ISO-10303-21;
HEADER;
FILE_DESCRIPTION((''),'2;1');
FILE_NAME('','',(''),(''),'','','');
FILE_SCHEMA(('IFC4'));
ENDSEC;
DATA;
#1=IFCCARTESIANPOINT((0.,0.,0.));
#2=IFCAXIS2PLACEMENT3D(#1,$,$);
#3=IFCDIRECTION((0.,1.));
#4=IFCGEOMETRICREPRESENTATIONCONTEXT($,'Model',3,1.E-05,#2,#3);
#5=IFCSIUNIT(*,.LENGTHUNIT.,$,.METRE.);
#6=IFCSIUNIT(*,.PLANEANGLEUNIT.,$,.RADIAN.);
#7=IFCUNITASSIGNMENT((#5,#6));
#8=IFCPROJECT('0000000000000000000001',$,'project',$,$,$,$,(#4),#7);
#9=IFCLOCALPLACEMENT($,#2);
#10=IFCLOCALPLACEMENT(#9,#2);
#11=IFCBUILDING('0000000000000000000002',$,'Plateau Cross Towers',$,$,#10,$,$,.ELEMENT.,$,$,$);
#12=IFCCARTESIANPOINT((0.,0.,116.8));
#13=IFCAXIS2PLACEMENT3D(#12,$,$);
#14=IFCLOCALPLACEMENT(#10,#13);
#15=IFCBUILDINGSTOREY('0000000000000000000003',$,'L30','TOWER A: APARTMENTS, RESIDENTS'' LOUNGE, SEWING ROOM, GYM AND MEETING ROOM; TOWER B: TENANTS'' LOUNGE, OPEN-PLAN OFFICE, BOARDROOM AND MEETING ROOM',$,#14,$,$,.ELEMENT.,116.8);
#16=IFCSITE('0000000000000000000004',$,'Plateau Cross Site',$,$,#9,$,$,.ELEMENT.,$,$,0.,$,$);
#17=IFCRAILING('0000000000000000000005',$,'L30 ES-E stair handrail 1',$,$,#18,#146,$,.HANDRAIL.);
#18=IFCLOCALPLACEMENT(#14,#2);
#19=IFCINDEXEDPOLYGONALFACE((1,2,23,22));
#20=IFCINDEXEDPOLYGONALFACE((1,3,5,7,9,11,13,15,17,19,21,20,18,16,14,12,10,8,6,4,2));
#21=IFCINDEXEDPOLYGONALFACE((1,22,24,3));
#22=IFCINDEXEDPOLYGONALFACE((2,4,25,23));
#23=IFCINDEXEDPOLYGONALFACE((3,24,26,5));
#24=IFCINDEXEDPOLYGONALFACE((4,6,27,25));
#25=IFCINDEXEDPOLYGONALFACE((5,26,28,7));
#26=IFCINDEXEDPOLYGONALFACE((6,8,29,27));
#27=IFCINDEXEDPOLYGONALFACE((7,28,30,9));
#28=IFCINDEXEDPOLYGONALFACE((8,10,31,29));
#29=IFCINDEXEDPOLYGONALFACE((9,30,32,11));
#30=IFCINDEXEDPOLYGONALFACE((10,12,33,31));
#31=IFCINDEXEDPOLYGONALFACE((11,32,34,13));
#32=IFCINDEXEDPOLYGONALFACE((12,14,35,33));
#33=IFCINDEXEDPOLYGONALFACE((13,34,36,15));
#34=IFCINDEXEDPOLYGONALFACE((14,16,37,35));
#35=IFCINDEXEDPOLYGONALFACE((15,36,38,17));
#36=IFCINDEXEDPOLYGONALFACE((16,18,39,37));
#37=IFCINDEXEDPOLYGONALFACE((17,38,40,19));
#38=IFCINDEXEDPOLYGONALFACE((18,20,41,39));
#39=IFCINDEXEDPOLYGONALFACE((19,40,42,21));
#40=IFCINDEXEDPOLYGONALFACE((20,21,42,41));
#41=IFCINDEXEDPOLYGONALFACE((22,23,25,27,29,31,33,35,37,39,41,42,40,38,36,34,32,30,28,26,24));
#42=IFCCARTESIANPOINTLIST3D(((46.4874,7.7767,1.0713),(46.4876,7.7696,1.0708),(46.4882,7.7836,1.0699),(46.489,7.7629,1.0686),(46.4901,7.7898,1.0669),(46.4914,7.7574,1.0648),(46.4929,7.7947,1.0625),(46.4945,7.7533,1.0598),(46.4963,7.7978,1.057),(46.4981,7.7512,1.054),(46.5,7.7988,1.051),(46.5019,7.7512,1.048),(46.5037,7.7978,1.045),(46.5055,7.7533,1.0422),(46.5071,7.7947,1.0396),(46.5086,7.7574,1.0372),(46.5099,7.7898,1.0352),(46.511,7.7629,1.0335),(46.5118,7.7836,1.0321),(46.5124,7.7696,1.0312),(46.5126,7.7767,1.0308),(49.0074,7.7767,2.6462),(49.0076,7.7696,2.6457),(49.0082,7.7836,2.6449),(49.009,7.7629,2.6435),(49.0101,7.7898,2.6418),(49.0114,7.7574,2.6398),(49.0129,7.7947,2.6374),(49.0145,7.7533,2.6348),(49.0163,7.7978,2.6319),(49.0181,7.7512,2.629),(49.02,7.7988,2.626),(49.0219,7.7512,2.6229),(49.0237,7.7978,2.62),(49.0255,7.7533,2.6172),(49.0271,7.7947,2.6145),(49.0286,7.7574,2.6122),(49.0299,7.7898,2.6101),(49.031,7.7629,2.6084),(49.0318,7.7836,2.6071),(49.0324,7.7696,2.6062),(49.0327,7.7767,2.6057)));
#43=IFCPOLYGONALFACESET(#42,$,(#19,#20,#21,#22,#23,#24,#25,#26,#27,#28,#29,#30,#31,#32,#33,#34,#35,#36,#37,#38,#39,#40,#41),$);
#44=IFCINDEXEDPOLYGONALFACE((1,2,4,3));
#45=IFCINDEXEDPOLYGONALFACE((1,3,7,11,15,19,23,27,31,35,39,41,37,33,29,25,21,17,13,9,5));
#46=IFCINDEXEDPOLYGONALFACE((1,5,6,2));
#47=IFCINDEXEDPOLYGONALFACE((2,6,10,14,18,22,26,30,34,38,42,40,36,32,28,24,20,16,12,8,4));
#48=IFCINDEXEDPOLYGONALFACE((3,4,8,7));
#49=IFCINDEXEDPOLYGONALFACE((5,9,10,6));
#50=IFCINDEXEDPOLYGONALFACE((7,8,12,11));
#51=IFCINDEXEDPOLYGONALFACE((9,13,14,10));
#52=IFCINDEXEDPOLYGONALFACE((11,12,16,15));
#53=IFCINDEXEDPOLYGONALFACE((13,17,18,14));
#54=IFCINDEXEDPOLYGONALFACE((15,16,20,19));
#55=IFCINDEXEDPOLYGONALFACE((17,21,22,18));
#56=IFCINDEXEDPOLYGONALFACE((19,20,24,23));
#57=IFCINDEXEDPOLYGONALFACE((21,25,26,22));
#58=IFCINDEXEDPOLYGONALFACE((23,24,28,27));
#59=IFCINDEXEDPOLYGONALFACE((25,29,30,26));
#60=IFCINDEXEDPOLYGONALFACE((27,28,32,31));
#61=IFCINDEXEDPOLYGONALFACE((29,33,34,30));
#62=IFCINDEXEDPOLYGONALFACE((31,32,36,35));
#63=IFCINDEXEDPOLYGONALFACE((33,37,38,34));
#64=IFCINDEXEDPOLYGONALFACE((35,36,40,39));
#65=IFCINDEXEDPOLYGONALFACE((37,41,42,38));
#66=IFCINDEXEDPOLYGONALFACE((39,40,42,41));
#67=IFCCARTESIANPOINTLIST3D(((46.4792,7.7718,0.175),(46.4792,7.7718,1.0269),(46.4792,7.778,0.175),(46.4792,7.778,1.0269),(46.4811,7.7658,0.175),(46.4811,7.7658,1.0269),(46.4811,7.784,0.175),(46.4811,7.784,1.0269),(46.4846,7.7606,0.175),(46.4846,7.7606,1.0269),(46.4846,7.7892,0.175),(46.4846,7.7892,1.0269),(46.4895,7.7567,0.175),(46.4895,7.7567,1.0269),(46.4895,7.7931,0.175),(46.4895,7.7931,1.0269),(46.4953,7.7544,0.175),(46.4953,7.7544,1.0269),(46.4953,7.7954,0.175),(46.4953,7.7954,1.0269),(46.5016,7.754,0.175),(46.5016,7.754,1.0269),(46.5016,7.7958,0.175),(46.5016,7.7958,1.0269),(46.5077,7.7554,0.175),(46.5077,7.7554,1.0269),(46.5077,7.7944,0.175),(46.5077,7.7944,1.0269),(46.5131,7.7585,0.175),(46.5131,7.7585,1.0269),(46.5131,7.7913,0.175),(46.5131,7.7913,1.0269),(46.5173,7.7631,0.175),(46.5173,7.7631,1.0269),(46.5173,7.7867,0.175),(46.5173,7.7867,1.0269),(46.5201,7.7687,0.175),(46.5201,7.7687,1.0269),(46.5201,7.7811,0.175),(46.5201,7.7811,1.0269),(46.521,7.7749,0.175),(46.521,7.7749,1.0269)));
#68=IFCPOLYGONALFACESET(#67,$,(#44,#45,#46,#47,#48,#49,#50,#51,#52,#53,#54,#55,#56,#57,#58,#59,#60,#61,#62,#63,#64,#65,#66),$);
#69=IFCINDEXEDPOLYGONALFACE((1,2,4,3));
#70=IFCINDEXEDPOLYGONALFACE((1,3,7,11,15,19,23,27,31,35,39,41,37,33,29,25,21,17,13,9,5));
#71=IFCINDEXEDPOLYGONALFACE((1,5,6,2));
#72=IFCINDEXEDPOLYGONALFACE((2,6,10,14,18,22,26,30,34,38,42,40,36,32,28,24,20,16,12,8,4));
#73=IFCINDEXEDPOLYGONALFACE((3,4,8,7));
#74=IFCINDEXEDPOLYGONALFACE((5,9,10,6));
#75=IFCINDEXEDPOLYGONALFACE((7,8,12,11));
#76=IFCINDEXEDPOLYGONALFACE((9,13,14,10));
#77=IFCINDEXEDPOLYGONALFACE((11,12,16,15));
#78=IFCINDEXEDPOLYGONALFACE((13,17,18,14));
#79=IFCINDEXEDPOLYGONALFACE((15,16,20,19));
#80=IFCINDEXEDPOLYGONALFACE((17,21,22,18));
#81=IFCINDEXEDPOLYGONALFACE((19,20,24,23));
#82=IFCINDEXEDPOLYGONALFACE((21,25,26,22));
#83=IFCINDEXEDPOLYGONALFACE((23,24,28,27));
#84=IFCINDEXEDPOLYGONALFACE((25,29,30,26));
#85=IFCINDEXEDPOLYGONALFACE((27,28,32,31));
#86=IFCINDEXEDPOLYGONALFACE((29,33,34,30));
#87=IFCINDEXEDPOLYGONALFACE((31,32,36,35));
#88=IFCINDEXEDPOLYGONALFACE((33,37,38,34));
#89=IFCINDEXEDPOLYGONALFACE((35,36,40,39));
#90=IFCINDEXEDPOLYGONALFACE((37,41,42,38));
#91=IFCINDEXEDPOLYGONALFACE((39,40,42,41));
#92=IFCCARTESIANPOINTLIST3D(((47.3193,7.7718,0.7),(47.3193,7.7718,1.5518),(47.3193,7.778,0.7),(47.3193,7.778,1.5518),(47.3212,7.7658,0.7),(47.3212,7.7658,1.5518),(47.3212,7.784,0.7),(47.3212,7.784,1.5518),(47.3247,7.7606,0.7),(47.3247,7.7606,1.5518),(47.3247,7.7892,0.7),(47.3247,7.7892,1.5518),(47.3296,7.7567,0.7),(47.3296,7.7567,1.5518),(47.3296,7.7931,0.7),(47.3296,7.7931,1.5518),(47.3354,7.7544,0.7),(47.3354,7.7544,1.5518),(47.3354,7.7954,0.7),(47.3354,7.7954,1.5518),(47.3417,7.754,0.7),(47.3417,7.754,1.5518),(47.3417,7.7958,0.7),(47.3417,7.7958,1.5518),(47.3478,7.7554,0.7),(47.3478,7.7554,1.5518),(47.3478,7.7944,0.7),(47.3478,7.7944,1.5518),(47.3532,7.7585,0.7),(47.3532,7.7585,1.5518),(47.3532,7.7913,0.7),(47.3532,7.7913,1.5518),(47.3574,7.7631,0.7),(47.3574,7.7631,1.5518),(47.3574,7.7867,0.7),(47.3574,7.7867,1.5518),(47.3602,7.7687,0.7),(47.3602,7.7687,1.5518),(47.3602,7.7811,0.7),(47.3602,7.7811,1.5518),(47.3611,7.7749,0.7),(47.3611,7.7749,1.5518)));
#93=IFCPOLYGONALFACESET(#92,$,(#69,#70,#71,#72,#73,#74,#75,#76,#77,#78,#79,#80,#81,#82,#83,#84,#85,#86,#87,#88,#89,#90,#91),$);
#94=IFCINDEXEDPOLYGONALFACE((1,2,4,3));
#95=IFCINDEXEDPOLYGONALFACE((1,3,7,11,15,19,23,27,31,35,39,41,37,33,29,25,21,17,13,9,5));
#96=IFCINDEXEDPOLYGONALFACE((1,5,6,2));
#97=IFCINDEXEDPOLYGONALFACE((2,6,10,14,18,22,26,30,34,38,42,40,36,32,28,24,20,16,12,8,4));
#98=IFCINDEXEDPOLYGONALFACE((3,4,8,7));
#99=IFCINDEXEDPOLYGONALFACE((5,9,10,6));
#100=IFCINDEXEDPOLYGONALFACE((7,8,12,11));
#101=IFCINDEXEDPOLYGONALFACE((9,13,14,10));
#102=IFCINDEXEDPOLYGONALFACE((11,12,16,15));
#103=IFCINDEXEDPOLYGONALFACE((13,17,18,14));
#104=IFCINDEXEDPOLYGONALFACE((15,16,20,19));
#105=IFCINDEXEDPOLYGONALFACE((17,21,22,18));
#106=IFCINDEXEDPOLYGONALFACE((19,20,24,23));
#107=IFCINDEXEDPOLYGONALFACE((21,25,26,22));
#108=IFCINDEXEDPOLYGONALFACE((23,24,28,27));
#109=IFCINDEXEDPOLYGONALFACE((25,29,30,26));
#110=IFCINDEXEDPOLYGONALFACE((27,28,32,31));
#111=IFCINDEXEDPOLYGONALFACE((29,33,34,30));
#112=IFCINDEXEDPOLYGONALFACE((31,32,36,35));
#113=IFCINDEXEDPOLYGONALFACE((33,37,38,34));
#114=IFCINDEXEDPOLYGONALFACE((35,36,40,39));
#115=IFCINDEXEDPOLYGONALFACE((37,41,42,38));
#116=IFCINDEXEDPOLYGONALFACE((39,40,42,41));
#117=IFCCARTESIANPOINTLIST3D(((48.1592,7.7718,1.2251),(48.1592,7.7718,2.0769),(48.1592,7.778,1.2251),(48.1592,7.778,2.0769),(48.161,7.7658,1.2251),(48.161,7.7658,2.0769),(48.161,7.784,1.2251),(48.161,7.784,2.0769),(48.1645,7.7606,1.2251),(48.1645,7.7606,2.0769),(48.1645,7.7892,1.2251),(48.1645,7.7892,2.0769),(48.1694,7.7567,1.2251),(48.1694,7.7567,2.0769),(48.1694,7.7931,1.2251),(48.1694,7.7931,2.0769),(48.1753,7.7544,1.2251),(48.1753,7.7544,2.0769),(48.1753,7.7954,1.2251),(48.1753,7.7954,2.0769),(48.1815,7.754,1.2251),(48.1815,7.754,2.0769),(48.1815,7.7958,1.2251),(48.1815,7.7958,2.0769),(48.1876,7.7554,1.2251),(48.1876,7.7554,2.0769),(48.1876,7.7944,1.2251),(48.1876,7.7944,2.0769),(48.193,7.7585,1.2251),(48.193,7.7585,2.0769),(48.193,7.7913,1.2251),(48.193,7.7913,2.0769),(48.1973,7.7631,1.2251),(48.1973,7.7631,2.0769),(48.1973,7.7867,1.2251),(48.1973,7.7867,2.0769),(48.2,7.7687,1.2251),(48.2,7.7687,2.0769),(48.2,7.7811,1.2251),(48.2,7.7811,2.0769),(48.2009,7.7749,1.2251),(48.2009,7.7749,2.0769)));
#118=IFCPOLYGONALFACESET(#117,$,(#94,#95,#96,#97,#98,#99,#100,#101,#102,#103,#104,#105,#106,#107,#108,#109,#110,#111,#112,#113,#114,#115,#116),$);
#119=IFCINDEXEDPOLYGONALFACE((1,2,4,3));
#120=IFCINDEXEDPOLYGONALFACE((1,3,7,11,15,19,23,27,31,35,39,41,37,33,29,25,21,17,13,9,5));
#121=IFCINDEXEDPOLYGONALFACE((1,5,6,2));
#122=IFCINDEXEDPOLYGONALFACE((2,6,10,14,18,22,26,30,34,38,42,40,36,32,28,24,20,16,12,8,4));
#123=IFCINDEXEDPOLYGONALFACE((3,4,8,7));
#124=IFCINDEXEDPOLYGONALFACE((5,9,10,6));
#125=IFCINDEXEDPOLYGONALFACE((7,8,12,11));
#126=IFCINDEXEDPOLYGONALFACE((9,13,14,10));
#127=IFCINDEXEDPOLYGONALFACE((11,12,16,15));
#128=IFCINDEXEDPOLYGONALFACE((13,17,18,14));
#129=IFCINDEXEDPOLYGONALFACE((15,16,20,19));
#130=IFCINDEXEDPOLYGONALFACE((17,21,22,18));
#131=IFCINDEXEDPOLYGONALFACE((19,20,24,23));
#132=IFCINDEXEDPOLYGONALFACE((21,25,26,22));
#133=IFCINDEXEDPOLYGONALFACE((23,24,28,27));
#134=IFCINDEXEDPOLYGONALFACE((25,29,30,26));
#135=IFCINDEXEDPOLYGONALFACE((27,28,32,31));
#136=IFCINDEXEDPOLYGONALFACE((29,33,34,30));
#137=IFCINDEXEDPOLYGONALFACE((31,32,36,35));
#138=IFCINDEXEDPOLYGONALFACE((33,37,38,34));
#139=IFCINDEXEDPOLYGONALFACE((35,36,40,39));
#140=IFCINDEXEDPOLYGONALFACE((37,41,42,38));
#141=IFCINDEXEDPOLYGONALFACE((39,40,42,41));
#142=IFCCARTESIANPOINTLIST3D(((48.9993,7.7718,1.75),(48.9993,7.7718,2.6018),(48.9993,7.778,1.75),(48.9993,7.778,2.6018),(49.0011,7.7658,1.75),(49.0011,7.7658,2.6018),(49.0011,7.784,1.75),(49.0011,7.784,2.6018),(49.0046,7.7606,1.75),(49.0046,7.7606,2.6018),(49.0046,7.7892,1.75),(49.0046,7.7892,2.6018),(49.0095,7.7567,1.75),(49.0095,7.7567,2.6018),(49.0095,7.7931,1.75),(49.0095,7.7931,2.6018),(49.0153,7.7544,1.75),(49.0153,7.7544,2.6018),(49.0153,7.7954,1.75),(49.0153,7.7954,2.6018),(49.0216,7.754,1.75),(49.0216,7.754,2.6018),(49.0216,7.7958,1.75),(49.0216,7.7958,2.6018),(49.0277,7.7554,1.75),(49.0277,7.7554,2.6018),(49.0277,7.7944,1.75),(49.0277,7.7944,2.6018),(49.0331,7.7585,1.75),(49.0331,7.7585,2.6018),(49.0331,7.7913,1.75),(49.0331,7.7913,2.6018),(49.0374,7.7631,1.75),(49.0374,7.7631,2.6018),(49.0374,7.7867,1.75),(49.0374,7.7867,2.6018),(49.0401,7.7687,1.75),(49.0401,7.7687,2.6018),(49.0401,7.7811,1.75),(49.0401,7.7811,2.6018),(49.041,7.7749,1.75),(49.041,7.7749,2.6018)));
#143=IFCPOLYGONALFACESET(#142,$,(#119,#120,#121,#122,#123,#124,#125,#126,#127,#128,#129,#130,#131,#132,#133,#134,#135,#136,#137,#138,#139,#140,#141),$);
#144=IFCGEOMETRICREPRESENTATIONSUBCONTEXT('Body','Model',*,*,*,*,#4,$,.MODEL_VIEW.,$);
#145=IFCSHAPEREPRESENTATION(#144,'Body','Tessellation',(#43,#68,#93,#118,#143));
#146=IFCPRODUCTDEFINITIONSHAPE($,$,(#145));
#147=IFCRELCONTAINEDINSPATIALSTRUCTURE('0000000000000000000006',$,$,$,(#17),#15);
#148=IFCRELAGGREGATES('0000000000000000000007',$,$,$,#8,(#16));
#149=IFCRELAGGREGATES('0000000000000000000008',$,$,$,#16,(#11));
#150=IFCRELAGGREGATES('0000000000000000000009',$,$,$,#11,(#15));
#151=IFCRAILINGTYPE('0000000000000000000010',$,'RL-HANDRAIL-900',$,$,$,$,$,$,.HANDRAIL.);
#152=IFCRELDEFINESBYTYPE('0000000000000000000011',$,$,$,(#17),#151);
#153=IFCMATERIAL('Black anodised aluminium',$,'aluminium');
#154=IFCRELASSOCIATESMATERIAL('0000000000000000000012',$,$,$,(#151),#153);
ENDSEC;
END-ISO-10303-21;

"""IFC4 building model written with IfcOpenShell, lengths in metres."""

from ifc_helpers import new_model, si_unit, direction, frame, origin, origin_2d, place, context, subcontext, project, spatial, circle, extrude, material, type_object, element, save


model = new_model("IFC4")

# Units and contexts
model_context = context("Model", 3, precision=1e-05, world=origin(), true_north=direction((0.0, 1.0)))
body_context = subcontext(model_context, "Body", "Model", "MODEL_VIEW")
ifc_project = project(units=[si_unit("LENGTHUNIT", "METRE"), si_unit("PLANEANGLEUNIT", "RADIAN")], contexts=[model_context])

# Site, building, storey
site_placement = place(None, origin())
site = spatial("IfcSite", under=ifc_project, at=site_placement, Name="Plateau Cross Site", CompositionType="ELEMENT", RefElevation=0.0)
building_placement = place(site_placement, origin())
building = spatial("IfcBuilding", under=site, at=building_placement, Name="Plateau Cross Towers", CompositionType="ELEMENT")
storey_placement = place(building_placement, frame((0.0, 0.0, 116.8)))
storey = spatial("IfcBuildingStorey", under=building, at=storey_placement, Name="L30", Description="TOWER A: APARTMENTS, RESIDENTS' LOUNGE, SEWING ROOM, GYM AND MEETING ROOM; TOWER B: TENANTS' LOUNGE, OPEN-PLAN OFFICE, BOARDROOM AND MEETING ROOM", CompositionType="ELEMENT", Elevation=116.8)

# Shared definitions
ifc_material_1 = material(Name="Black anodised aluminium", Category="aluminium")

# Railing
railing_type_1 = type_object("IfcRailingType", Name="RL-HANDRAIL-900", PredefinedType="HANDRAIL", material=ifc_material_1)
railing_1_placement = place(storey_placement, frame((46.5, 7.7749, 0.175)))
element("IfcRailing", 1, at=railing_1_placement, inside=storey, type_object=railing_type_1, Name="L30 ES-E stair handrail 1", PredefinedType="HANDRAIL", context=body_context, shape_type="SweptSolid", body=[
    extrude(circle(Radius=0.0239, at=origin_2d()), frame((0.0, 0.0, 0.876), z_axis=(0.848008, 0.0, 0.529984), x_axis=(0.0, 1.0, 0.0)), (0.0, 0.0, 1.0), 2.9717),
    extrude(circle(Radius=0.021, at=origin_2d()), origin(), (0.0, 0.0, 1.0), 0.8518),
    extrude(circle(Radius=0.021, at=origin_2d()), frame((0.8401, 0.0, 0.5249)), (0.0, 0.0, 1.0), 0.8518),
    extrude(circle(Radius=0.021, at=origin_2d()), frame((1.6799, 0.0, 1.05)), (0.0, 0.0, 1.0), 0.8518),
    extrude(circle(Radius=0.021, at=origin_2d()), frame((2.52, 0.0, 1.575)), (0.0, 0.0, 1.0), 0.8518),
])

save(model, "model.ifc")
